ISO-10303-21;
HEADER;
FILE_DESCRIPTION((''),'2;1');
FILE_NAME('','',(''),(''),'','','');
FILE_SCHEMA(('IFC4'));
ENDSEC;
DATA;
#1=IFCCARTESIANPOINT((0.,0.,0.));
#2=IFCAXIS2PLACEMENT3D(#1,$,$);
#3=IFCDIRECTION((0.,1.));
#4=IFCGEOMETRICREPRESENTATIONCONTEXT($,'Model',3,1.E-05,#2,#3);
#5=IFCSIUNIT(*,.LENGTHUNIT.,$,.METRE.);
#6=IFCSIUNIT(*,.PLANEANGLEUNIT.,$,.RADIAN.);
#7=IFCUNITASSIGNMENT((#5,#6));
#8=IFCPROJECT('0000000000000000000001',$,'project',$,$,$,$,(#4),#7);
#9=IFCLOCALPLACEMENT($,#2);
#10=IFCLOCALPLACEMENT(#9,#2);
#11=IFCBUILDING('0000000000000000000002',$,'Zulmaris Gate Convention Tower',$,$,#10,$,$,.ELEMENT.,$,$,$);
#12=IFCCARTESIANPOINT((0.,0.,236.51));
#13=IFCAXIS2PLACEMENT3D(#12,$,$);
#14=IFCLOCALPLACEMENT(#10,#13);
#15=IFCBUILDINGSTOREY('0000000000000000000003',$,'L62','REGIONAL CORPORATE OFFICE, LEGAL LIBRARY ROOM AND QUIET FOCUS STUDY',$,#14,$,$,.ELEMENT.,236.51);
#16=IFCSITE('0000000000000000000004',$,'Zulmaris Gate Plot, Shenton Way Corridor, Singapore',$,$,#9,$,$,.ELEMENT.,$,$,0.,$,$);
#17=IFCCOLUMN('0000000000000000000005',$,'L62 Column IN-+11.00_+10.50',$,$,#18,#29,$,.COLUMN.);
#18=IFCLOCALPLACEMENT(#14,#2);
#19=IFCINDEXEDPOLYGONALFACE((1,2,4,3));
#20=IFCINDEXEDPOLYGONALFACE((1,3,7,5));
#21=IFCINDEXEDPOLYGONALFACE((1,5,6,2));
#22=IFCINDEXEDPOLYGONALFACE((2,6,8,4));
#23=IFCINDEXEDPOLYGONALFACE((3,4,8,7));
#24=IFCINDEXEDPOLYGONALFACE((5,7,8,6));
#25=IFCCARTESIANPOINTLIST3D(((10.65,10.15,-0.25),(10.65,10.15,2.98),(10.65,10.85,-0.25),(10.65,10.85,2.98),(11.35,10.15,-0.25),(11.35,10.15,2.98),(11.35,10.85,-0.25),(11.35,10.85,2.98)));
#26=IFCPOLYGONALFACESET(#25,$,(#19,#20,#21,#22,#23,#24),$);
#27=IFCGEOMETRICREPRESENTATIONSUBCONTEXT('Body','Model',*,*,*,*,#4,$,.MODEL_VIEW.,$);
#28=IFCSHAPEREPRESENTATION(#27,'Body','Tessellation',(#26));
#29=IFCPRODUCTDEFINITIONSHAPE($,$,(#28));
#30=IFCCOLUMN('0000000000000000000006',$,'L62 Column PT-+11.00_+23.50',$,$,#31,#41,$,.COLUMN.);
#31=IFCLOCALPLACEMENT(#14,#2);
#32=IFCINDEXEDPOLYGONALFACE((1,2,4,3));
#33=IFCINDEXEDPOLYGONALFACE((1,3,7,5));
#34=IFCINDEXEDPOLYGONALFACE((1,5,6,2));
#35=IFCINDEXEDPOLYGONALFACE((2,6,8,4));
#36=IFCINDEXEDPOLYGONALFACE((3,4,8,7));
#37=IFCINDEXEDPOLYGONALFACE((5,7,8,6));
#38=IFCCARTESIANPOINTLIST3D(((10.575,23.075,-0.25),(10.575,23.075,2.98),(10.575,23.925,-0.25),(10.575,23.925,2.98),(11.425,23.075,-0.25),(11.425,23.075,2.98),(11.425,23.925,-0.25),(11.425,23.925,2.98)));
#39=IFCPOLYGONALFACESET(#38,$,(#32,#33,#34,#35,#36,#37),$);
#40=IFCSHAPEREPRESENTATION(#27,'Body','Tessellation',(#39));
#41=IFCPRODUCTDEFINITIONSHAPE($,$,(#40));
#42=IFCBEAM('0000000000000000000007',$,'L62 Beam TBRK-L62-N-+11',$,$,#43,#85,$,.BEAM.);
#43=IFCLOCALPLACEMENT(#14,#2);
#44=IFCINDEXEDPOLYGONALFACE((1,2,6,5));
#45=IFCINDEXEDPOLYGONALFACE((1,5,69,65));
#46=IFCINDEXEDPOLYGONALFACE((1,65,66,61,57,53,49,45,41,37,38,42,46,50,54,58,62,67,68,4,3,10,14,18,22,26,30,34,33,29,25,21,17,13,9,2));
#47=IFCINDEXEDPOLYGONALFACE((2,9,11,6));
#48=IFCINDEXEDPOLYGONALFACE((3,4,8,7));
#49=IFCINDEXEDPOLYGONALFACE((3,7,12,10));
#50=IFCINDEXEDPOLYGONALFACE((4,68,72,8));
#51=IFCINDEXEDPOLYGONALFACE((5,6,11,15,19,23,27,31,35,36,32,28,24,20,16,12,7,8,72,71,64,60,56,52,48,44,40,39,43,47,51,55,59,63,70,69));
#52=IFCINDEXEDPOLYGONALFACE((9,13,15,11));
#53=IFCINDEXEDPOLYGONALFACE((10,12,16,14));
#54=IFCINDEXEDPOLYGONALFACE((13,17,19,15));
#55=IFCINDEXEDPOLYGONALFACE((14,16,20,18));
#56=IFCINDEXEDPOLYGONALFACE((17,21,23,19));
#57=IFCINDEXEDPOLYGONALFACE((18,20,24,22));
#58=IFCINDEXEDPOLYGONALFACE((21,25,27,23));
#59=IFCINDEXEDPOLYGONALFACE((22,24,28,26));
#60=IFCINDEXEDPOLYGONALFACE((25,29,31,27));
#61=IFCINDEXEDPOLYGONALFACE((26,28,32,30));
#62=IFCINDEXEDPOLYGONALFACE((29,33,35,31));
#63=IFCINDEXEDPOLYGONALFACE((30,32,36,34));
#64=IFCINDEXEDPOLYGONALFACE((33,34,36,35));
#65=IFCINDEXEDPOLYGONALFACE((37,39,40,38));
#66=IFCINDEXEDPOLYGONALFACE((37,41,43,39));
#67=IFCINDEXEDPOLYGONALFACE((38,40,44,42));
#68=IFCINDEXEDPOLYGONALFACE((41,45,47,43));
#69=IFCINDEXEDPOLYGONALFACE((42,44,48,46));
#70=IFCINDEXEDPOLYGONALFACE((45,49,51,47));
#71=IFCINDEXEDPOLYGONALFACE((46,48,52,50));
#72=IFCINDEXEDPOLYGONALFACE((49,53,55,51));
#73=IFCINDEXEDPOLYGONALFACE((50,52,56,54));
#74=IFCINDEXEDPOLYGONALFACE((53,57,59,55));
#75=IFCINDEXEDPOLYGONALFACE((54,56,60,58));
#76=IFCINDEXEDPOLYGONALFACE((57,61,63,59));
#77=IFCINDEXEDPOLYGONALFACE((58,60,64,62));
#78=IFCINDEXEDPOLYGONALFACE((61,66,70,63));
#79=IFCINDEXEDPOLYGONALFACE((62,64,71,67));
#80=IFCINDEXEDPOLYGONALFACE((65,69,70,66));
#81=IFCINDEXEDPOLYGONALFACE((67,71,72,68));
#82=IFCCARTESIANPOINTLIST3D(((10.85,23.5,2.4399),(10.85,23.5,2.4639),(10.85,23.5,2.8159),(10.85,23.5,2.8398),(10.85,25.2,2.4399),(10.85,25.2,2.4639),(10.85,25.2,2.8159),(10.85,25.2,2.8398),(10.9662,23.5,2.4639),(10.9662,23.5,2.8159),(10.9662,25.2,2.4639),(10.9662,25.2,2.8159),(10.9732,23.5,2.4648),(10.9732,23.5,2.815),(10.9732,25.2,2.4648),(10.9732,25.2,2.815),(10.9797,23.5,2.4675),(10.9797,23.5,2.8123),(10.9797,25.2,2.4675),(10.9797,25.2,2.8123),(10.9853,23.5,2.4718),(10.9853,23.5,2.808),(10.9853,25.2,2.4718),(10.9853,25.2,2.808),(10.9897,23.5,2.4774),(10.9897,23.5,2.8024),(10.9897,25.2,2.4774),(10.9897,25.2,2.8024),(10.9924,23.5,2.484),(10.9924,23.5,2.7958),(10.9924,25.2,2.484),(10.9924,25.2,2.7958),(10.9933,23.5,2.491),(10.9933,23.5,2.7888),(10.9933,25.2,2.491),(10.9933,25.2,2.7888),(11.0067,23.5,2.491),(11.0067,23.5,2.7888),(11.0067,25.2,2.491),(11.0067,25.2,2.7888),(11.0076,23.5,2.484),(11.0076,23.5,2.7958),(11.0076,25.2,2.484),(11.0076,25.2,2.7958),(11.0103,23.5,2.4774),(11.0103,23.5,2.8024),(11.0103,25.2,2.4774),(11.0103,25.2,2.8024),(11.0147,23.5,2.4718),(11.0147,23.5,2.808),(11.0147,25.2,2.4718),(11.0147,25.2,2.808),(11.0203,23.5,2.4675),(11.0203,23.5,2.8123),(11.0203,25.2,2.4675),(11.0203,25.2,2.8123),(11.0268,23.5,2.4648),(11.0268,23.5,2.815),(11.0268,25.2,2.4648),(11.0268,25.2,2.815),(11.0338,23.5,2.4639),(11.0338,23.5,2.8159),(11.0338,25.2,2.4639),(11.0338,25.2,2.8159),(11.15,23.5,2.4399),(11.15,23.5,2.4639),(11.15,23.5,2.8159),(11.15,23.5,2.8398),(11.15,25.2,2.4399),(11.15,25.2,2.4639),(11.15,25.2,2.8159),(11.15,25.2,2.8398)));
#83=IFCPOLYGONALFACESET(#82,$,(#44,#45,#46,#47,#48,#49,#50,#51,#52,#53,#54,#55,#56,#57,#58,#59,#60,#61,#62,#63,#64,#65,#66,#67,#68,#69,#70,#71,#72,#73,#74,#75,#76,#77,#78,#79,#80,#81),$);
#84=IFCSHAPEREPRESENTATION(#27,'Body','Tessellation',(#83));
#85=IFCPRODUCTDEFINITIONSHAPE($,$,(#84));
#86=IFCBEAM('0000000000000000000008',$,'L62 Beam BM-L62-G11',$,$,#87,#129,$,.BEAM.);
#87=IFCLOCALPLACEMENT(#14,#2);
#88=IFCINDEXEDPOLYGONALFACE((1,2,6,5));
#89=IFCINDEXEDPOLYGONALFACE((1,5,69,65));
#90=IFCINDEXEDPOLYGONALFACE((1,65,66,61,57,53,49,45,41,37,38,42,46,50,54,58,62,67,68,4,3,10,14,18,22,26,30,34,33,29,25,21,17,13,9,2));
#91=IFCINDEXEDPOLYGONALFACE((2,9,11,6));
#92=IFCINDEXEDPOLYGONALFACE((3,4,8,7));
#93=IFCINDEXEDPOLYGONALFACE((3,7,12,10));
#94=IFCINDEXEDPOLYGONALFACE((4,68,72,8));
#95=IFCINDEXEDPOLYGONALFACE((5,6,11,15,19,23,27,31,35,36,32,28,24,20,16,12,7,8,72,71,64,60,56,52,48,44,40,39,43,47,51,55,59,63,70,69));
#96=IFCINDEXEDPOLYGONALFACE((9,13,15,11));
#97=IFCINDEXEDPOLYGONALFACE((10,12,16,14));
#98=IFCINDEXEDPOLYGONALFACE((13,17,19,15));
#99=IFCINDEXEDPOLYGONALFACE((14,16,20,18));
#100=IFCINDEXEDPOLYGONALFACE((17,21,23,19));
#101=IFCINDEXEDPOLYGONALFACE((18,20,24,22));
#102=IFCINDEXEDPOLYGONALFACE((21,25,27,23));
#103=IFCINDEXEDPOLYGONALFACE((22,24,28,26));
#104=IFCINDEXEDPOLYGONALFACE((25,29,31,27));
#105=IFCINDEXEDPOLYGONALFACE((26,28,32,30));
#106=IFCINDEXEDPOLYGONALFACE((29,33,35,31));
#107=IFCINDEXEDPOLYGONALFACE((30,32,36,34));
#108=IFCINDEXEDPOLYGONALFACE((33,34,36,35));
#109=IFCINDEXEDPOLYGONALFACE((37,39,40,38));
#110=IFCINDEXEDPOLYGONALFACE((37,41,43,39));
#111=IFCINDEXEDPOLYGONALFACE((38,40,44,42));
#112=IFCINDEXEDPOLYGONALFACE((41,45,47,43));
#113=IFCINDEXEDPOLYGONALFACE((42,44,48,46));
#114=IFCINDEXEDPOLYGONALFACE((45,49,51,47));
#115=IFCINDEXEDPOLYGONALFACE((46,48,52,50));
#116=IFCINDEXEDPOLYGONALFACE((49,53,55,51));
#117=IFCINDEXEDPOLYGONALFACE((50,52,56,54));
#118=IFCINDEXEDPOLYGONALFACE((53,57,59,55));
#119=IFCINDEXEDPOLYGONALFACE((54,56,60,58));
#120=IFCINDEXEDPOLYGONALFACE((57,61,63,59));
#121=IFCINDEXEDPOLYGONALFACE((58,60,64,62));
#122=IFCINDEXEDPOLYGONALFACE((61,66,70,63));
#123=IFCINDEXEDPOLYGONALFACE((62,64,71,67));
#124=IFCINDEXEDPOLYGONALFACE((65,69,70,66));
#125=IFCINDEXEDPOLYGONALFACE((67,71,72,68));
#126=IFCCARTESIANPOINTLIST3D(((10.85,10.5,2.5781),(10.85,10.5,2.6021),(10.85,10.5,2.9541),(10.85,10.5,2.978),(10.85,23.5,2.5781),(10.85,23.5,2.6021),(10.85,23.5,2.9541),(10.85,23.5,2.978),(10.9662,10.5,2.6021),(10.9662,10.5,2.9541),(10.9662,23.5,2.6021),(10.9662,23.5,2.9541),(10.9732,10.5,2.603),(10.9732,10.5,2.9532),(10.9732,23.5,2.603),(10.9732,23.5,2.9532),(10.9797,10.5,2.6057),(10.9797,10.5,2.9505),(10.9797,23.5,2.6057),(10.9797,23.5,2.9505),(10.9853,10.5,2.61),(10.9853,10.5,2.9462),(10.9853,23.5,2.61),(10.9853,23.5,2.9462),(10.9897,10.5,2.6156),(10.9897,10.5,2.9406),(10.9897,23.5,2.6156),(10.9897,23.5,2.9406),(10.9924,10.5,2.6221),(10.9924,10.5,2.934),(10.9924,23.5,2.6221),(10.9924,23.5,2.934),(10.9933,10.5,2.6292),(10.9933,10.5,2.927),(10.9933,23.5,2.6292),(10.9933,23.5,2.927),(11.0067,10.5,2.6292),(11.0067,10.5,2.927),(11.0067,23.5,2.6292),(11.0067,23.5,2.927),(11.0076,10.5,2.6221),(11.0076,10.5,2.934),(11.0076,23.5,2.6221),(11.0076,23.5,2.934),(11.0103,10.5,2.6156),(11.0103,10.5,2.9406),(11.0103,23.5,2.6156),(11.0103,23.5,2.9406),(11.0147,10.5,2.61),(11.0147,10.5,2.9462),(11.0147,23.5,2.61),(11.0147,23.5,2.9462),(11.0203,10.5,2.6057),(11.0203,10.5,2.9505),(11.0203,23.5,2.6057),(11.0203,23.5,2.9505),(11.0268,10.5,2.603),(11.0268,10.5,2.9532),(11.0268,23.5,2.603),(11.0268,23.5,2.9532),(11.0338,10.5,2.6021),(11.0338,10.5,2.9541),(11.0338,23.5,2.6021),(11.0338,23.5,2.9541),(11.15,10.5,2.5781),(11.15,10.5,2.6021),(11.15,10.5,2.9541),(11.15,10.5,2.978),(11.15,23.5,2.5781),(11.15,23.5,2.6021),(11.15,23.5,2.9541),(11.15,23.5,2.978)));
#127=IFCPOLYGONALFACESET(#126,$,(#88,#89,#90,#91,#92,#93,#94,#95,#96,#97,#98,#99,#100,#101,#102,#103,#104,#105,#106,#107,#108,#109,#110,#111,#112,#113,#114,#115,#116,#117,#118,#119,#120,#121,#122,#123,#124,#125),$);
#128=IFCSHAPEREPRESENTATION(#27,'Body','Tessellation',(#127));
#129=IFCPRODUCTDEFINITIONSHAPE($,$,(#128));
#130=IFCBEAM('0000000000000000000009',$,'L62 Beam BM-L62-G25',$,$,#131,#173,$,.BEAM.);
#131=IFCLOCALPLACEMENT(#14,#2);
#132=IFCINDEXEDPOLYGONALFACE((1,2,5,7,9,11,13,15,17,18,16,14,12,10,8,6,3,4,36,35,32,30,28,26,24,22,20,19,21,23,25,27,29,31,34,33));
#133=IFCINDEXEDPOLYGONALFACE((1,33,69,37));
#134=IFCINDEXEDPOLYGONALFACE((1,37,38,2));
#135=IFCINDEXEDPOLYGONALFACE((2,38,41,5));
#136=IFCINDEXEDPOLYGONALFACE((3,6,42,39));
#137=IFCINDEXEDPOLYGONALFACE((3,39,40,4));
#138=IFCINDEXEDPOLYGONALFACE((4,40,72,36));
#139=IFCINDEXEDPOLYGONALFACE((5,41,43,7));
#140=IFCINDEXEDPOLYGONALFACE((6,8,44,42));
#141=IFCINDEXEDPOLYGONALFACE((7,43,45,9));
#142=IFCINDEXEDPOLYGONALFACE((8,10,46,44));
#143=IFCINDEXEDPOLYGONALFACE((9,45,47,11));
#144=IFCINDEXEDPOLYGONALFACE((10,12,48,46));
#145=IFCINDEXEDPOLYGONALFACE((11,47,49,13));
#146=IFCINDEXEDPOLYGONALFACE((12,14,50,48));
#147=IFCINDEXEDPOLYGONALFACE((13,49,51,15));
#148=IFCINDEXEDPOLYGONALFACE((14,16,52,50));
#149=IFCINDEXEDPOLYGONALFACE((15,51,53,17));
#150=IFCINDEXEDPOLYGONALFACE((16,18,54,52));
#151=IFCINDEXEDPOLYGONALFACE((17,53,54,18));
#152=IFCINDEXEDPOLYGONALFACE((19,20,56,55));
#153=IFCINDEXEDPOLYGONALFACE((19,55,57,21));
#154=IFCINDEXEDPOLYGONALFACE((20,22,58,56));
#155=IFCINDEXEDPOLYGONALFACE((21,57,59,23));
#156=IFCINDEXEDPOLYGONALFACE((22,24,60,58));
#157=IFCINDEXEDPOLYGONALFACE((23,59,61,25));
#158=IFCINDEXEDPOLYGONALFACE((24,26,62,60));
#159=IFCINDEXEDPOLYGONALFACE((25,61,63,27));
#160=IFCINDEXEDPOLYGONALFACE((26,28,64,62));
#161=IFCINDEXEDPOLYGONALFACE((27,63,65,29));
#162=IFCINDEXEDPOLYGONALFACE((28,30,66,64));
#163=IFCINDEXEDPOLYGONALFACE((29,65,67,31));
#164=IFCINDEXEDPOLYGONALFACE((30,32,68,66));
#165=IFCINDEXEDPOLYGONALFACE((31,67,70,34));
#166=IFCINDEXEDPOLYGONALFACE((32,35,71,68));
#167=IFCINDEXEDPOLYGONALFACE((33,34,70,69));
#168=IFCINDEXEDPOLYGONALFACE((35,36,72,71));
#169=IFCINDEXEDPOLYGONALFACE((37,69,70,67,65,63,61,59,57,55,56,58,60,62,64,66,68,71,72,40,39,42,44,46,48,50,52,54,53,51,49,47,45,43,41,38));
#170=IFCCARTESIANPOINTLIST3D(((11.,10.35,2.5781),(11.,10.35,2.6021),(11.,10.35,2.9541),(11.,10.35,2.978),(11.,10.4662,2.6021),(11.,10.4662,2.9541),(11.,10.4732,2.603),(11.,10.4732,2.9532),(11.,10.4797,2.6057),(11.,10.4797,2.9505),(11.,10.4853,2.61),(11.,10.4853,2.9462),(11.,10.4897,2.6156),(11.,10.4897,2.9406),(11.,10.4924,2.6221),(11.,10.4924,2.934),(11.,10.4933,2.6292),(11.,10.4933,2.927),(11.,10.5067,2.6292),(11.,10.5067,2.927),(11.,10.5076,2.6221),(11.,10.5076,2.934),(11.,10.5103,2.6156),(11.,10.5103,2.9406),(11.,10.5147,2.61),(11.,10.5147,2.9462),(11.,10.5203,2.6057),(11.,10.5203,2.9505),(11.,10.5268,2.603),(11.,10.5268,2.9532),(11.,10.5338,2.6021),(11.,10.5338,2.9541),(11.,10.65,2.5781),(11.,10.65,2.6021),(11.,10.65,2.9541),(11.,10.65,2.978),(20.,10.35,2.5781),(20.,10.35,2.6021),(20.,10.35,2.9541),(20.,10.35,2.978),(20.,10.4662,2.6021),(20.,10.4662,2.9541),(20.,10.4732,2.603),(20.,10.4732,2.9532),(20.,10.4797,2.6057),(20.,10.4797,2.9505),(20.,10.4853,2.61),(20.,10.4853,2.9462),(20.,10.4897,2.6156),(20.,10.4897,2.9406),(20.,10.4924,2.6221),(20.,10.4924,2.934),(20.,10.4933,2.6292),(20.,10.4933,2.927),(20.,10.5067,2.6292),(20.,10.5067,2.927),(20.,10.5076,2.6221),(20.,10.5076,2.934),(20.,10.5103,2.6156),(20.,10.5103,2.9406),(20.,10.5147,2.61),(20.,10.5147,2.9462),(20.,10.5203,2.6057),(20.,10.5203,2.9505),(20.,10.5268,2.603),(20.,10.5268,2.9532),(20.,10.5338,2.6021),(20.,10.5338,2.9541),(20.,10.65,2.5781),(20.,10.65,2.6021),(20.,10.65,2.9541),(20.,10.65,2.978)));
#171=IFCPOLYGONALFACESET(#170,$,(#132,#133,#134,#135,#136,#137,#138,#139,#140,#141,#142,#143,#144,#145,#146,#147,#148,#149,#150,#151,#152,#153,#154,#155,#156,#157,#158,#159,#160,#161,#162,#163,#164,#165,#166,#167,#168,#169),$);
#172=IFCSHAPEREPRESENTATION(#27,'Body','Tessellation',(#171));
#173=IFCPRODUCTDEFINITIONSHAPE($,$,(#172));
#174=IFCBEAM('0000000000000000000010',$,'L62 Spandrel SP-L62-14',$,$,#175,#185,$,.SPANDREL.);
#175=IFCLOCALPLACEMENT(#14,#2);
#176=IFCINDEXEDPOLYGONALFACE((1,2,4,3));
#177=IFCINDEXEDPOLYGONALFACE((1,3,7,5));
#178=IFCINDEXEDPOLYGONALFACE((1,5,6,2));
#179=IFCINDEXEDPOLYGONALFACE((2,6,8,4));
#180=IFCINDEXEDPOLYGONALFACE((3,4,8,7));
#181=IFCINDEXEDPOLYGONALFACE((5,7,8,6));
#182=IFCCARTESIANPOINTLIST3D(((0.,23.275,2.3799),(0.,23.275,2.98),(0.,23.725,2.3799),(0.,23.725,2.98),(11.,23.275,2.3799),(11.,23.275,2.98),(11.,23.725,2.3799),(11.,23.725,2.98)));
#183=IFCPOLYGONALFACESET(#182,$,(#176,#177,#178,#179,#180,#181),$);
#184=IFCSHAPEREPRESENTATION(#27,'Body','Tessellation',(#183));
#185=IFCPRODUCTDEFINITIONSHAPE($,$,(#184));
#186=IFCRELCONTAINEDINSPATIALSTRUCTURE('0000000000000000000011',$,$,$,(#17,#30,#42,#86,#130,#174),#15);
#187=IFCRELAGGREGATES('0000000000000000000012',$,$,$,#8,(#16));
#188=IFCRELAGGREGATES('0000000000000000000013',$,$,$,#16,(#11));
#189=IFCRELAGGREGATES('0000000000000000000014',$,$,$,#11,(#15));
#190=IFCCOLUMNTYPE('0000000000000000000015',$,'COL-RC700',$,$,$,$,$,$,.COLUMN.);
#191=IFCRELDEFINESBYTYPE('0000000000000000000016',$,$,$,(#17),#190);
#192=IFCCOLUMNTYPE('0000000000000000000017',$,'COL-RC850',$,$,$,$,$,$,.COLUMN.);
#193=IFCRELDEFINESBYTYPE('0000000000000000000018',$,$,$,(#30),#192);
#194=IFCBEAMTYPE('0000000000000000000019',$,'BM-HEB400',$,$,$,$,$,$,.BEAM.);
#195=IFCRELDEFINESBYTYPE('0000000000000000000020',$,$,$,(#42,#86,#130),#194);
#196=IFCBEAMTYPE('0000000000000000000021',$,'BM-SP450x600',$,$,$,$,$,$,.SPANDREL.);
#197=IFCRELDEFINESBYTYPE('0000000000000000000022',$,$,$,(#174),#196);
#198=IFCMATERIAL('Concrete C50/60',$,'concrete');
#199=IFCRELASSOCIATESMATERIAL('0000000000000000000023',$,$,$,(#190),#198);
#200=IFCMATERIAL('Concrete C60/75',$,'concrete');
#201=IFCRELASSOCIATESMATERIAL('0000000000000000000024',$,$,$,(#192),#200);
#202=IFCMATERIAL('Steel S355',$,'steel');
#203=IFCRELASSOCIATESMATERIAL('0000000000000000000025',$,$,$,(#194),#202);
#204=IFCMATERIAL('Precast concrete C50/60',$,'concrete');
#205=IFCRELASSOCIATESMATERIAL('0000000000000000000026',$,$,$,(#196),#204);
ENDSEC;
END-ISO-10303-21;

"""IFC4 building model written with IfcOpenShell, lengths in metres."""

from ifc_helpers import new_model, si_unit, direction, frame, origin, origin_2d, place, context, subcontext, project, spatial, rectangle, i_section, extrude, material, material_profile, profile_set, type_object, element, save


model = new_model("IFC4")

# Units and contexts
model_context = context("Model", 3, precision=1e-05, world=origin(), true_north=direction((0.0, 1.0)))
body_context = subcontext(model_context, "Body", "Model", "MODEL_VIEW")
ifc_project = project(units=[si_unit("LENGTHUNIT", "METRE"), si_unit("PLANEANGLEUNIT", "RADIAN")], contexts=[model_context])

# Site, building, storey
site_placement = place(None, origin())
site = spatial("IfcSite", under=ifc_project, at=site_placement, Name="Zulmaris Gate Plot, Shenton Way Corridor, Singapore", CompositionType="ELEMENT", RefElevation=0.0)
building_placement = place(site_placement, origin())
building = spatial("IfcBuilding", under=site, at=building_placement, Name="Zulmaris Gate Convention Tower", CompositionType="ELEMENT")
storey_placement = place(building_placement, frame((0.0, 0.0, 236.51)))
storey = spatial("IfcBuildingStorey", under=building, at=storey_placement, Name="L62", Description="REGIONAL CORPORATE OFFICE, LEGAL LIBRARY ROOM AND QUIET FOCUS STUDY", CompositionType="ELEMENT", Elevation=236.51)

# Columns
ifc_material_1 = material(Name="Concrete C50/60", Category="concrete")
ifc_material_profile_1 = material_profile(ifc_material_1, rectangle(XDim=0.7, YDim=0.7, at=origin_2d()), Name="RC COL 700x700")
ifc_profile_set_1 = profile_set([ifc_material_profile_1], Name="Concrete C50/60")
column_type_1 = type_object("IfcColumnType", Name="COL-RC700", PredefinedType="COLUMN", material=ifc_profile_set_1)
column_1_placement = place(storey_placement, frame((11.0, 10.5, -0.25), z_axis=(0.0, 0.0, 1.0), x_axis=(1.0, 0.0, 0.0)))
element("IfcColumn", 1, at=column_1_placement, inside=storey, type_object=column_type_1, Name="L62 Column IN-+11.00_+10.50", PredefinedType="COLUMN", context=body_context, shape_type="SweptSolid", body=[
    extrude(rectangle(XDim=0.7, YDim=0.7, at=origin_2d()), origin(), (0.0, 0.0, 1.0), 3.23),
])
ifc_material_2 = material(Name="Concrete C60/75", Category="concrete")
ifc_material_profile_2 = material_profile(ifc_material_2, rectangle(XDim=0.8501, YDim=0.8501, at=origin_2d()), Name="RC COL 850x850")
ifc_profile_set_2 = profile_set([ifc_material_profile_2], Name="Concrete C60/75")
column_type_2 = type_object("IfcColumnType", Name="COL-RC850", PredefinedType="COLUMN", material=ifc_profile_set_2)
column_2_placement = place(storey_placement, frame((11.0, 23.5, -0.25), z_axis=(0.0, 0.0, 1.0), x_axis=(1.0, 0.0, 0.0)))
element("IfcColumn", 2, at=column_2_placement, inside=storey, type_object=column_type_2, Name="L62 Column PT-+11.00_+23.50", PredefinedType="COLUMN", context=body_context, shape_type="SweptSolid", body=[
    extrude(rectangle(XDim=0.8501, YDim=0.8501, at=origin_2d()), origin(), (0.0, 0.0, 1.0), 3.23),
])

# Beams
ifc_material_3 = material(Name="Steel S355", Category="steel")
ifc_material_profile_3 = material_profile(ifc_material_3, i_section(OverallWidth=0.3, OverallDepth=0.3999, WebThickness=0.0134, FlangeThickness=0.0239, FilletRadius=0.0271, at=origin_2d()), Name="HEB 400")
ifc_profile_set_3 = profile_set([ifc_material_profile_3], Name="Steel S355")
beam_type_1 = type_object("IfcBeamType", Name="BM-HEB400", PredefinedType="BEAM", material=ifc_profile_set_3)
beam_1_placement = place(storey_placement, frame((11.0, 23.5, 2.6399), z_axis=(0.0, 1.0, 0.0), x_axis=(-1.0, 0.0, 0.0)))
element("IfcBeam", 3, at=beam_1_placement, inside=storey, type_object=beam_type_1, Name="L62 Beam TBRK-L62-N-+11", PredefinedType="BEAM", context=body_context, shape_type="SweptSolid", body=[
    extrude(i_section(OverallWidth=0.3, OverallDepth=0.3999, WebThickness=0.0134, FlangeThickness=0.0239, FilletRadius=0.0271, at=origin_2d()), origin(), (0.0, 0.0, 1.0), 1.7),
])
beam_2_placement = place(storey_placement, frame((11.0, 10.5, 2.7781), z_axis=(0.0, 1.0, 0.0), x_axis=(-1.0, 0.0, 0.0)))
element("IfcBeam", 4, at=beam_2_placement, inside=storey, type_object=beam_type_1, Name="L62 Beam BM-L62-G11", PredefinedType="BEAM", context=body_context, shape_type="SweptSolid", body=[
    extrude(i_section(OverallWidth=0.3, OverallDepth=0.3999, WebThickness=0.0134, FlangeThickness=0.0239, FilletRadius=0.0271, at=origin_2d()), origin(), (0.0, 0.0, 1.0), 13.0),
])
beam_3_placement = place(storey_placement, frame((11.0, 10.5, 2.7781), z_axis=(1.0, 0.0, 0.0), x_axis=(0.0, 1.0, 0.0)))
element("IfcBeam", 5, at=beam_3_placement, inside=storey, type_object=beam_type_1, Name="L62 Beam BM-L62-G25", PredefinedType="BEAM", context=body_context, shape_type="SweptSolid", body=[
    extrude(i_section(OverallWidth=0.3, OverallDepth=0.3999, WebThickness=0.0134, FlangeThickness=0.0239, FilletRadius=0.0271, at=origin_2d()), origin(), (0.0, 0.0, 1.0), 9.0),
])
ifc_material_4 = material(Name="Precast concrete C50/60", Category="concrete")
ifc_material_profile_4 = material_profile(ifc_material_4, rectangle(XDim=0.45, YDim=0.6001, at=origin_2d()), Name="RC SPANDREL 450x600")
ifc_profile_set_4 = profile_set([ifc_material_profile_4], Name="Precast concrete C50/60")
beam_type_2 = type_object("IfcBeamType", Name="BM-SP450x600", PredefinedType="SPANDREL", material=ifc_profile_set_4)
beam_4_placement = place(storey_placement, frame((11.0, 23.5, 2.6799), z_axis=(-1.0, 0.0, 0.0), x_axis=(0.0, -1.0, 0.0)))
element("IfcBeam", 6, at=beam_4_placement, inside=storey, type_object=beam_type_2, Name="L62 Spandrel SP-L62-14", PredefinedType="SPANDREL", context=body_context, shape_type="SweptSolid", body=[
    extrude(rectangle(XDim=0.45, YDim=0.6001, at=origin_2d()), origin(), (0.0, 0.0, 1.0), 11.0),
])

save(model, "model.ifc")
